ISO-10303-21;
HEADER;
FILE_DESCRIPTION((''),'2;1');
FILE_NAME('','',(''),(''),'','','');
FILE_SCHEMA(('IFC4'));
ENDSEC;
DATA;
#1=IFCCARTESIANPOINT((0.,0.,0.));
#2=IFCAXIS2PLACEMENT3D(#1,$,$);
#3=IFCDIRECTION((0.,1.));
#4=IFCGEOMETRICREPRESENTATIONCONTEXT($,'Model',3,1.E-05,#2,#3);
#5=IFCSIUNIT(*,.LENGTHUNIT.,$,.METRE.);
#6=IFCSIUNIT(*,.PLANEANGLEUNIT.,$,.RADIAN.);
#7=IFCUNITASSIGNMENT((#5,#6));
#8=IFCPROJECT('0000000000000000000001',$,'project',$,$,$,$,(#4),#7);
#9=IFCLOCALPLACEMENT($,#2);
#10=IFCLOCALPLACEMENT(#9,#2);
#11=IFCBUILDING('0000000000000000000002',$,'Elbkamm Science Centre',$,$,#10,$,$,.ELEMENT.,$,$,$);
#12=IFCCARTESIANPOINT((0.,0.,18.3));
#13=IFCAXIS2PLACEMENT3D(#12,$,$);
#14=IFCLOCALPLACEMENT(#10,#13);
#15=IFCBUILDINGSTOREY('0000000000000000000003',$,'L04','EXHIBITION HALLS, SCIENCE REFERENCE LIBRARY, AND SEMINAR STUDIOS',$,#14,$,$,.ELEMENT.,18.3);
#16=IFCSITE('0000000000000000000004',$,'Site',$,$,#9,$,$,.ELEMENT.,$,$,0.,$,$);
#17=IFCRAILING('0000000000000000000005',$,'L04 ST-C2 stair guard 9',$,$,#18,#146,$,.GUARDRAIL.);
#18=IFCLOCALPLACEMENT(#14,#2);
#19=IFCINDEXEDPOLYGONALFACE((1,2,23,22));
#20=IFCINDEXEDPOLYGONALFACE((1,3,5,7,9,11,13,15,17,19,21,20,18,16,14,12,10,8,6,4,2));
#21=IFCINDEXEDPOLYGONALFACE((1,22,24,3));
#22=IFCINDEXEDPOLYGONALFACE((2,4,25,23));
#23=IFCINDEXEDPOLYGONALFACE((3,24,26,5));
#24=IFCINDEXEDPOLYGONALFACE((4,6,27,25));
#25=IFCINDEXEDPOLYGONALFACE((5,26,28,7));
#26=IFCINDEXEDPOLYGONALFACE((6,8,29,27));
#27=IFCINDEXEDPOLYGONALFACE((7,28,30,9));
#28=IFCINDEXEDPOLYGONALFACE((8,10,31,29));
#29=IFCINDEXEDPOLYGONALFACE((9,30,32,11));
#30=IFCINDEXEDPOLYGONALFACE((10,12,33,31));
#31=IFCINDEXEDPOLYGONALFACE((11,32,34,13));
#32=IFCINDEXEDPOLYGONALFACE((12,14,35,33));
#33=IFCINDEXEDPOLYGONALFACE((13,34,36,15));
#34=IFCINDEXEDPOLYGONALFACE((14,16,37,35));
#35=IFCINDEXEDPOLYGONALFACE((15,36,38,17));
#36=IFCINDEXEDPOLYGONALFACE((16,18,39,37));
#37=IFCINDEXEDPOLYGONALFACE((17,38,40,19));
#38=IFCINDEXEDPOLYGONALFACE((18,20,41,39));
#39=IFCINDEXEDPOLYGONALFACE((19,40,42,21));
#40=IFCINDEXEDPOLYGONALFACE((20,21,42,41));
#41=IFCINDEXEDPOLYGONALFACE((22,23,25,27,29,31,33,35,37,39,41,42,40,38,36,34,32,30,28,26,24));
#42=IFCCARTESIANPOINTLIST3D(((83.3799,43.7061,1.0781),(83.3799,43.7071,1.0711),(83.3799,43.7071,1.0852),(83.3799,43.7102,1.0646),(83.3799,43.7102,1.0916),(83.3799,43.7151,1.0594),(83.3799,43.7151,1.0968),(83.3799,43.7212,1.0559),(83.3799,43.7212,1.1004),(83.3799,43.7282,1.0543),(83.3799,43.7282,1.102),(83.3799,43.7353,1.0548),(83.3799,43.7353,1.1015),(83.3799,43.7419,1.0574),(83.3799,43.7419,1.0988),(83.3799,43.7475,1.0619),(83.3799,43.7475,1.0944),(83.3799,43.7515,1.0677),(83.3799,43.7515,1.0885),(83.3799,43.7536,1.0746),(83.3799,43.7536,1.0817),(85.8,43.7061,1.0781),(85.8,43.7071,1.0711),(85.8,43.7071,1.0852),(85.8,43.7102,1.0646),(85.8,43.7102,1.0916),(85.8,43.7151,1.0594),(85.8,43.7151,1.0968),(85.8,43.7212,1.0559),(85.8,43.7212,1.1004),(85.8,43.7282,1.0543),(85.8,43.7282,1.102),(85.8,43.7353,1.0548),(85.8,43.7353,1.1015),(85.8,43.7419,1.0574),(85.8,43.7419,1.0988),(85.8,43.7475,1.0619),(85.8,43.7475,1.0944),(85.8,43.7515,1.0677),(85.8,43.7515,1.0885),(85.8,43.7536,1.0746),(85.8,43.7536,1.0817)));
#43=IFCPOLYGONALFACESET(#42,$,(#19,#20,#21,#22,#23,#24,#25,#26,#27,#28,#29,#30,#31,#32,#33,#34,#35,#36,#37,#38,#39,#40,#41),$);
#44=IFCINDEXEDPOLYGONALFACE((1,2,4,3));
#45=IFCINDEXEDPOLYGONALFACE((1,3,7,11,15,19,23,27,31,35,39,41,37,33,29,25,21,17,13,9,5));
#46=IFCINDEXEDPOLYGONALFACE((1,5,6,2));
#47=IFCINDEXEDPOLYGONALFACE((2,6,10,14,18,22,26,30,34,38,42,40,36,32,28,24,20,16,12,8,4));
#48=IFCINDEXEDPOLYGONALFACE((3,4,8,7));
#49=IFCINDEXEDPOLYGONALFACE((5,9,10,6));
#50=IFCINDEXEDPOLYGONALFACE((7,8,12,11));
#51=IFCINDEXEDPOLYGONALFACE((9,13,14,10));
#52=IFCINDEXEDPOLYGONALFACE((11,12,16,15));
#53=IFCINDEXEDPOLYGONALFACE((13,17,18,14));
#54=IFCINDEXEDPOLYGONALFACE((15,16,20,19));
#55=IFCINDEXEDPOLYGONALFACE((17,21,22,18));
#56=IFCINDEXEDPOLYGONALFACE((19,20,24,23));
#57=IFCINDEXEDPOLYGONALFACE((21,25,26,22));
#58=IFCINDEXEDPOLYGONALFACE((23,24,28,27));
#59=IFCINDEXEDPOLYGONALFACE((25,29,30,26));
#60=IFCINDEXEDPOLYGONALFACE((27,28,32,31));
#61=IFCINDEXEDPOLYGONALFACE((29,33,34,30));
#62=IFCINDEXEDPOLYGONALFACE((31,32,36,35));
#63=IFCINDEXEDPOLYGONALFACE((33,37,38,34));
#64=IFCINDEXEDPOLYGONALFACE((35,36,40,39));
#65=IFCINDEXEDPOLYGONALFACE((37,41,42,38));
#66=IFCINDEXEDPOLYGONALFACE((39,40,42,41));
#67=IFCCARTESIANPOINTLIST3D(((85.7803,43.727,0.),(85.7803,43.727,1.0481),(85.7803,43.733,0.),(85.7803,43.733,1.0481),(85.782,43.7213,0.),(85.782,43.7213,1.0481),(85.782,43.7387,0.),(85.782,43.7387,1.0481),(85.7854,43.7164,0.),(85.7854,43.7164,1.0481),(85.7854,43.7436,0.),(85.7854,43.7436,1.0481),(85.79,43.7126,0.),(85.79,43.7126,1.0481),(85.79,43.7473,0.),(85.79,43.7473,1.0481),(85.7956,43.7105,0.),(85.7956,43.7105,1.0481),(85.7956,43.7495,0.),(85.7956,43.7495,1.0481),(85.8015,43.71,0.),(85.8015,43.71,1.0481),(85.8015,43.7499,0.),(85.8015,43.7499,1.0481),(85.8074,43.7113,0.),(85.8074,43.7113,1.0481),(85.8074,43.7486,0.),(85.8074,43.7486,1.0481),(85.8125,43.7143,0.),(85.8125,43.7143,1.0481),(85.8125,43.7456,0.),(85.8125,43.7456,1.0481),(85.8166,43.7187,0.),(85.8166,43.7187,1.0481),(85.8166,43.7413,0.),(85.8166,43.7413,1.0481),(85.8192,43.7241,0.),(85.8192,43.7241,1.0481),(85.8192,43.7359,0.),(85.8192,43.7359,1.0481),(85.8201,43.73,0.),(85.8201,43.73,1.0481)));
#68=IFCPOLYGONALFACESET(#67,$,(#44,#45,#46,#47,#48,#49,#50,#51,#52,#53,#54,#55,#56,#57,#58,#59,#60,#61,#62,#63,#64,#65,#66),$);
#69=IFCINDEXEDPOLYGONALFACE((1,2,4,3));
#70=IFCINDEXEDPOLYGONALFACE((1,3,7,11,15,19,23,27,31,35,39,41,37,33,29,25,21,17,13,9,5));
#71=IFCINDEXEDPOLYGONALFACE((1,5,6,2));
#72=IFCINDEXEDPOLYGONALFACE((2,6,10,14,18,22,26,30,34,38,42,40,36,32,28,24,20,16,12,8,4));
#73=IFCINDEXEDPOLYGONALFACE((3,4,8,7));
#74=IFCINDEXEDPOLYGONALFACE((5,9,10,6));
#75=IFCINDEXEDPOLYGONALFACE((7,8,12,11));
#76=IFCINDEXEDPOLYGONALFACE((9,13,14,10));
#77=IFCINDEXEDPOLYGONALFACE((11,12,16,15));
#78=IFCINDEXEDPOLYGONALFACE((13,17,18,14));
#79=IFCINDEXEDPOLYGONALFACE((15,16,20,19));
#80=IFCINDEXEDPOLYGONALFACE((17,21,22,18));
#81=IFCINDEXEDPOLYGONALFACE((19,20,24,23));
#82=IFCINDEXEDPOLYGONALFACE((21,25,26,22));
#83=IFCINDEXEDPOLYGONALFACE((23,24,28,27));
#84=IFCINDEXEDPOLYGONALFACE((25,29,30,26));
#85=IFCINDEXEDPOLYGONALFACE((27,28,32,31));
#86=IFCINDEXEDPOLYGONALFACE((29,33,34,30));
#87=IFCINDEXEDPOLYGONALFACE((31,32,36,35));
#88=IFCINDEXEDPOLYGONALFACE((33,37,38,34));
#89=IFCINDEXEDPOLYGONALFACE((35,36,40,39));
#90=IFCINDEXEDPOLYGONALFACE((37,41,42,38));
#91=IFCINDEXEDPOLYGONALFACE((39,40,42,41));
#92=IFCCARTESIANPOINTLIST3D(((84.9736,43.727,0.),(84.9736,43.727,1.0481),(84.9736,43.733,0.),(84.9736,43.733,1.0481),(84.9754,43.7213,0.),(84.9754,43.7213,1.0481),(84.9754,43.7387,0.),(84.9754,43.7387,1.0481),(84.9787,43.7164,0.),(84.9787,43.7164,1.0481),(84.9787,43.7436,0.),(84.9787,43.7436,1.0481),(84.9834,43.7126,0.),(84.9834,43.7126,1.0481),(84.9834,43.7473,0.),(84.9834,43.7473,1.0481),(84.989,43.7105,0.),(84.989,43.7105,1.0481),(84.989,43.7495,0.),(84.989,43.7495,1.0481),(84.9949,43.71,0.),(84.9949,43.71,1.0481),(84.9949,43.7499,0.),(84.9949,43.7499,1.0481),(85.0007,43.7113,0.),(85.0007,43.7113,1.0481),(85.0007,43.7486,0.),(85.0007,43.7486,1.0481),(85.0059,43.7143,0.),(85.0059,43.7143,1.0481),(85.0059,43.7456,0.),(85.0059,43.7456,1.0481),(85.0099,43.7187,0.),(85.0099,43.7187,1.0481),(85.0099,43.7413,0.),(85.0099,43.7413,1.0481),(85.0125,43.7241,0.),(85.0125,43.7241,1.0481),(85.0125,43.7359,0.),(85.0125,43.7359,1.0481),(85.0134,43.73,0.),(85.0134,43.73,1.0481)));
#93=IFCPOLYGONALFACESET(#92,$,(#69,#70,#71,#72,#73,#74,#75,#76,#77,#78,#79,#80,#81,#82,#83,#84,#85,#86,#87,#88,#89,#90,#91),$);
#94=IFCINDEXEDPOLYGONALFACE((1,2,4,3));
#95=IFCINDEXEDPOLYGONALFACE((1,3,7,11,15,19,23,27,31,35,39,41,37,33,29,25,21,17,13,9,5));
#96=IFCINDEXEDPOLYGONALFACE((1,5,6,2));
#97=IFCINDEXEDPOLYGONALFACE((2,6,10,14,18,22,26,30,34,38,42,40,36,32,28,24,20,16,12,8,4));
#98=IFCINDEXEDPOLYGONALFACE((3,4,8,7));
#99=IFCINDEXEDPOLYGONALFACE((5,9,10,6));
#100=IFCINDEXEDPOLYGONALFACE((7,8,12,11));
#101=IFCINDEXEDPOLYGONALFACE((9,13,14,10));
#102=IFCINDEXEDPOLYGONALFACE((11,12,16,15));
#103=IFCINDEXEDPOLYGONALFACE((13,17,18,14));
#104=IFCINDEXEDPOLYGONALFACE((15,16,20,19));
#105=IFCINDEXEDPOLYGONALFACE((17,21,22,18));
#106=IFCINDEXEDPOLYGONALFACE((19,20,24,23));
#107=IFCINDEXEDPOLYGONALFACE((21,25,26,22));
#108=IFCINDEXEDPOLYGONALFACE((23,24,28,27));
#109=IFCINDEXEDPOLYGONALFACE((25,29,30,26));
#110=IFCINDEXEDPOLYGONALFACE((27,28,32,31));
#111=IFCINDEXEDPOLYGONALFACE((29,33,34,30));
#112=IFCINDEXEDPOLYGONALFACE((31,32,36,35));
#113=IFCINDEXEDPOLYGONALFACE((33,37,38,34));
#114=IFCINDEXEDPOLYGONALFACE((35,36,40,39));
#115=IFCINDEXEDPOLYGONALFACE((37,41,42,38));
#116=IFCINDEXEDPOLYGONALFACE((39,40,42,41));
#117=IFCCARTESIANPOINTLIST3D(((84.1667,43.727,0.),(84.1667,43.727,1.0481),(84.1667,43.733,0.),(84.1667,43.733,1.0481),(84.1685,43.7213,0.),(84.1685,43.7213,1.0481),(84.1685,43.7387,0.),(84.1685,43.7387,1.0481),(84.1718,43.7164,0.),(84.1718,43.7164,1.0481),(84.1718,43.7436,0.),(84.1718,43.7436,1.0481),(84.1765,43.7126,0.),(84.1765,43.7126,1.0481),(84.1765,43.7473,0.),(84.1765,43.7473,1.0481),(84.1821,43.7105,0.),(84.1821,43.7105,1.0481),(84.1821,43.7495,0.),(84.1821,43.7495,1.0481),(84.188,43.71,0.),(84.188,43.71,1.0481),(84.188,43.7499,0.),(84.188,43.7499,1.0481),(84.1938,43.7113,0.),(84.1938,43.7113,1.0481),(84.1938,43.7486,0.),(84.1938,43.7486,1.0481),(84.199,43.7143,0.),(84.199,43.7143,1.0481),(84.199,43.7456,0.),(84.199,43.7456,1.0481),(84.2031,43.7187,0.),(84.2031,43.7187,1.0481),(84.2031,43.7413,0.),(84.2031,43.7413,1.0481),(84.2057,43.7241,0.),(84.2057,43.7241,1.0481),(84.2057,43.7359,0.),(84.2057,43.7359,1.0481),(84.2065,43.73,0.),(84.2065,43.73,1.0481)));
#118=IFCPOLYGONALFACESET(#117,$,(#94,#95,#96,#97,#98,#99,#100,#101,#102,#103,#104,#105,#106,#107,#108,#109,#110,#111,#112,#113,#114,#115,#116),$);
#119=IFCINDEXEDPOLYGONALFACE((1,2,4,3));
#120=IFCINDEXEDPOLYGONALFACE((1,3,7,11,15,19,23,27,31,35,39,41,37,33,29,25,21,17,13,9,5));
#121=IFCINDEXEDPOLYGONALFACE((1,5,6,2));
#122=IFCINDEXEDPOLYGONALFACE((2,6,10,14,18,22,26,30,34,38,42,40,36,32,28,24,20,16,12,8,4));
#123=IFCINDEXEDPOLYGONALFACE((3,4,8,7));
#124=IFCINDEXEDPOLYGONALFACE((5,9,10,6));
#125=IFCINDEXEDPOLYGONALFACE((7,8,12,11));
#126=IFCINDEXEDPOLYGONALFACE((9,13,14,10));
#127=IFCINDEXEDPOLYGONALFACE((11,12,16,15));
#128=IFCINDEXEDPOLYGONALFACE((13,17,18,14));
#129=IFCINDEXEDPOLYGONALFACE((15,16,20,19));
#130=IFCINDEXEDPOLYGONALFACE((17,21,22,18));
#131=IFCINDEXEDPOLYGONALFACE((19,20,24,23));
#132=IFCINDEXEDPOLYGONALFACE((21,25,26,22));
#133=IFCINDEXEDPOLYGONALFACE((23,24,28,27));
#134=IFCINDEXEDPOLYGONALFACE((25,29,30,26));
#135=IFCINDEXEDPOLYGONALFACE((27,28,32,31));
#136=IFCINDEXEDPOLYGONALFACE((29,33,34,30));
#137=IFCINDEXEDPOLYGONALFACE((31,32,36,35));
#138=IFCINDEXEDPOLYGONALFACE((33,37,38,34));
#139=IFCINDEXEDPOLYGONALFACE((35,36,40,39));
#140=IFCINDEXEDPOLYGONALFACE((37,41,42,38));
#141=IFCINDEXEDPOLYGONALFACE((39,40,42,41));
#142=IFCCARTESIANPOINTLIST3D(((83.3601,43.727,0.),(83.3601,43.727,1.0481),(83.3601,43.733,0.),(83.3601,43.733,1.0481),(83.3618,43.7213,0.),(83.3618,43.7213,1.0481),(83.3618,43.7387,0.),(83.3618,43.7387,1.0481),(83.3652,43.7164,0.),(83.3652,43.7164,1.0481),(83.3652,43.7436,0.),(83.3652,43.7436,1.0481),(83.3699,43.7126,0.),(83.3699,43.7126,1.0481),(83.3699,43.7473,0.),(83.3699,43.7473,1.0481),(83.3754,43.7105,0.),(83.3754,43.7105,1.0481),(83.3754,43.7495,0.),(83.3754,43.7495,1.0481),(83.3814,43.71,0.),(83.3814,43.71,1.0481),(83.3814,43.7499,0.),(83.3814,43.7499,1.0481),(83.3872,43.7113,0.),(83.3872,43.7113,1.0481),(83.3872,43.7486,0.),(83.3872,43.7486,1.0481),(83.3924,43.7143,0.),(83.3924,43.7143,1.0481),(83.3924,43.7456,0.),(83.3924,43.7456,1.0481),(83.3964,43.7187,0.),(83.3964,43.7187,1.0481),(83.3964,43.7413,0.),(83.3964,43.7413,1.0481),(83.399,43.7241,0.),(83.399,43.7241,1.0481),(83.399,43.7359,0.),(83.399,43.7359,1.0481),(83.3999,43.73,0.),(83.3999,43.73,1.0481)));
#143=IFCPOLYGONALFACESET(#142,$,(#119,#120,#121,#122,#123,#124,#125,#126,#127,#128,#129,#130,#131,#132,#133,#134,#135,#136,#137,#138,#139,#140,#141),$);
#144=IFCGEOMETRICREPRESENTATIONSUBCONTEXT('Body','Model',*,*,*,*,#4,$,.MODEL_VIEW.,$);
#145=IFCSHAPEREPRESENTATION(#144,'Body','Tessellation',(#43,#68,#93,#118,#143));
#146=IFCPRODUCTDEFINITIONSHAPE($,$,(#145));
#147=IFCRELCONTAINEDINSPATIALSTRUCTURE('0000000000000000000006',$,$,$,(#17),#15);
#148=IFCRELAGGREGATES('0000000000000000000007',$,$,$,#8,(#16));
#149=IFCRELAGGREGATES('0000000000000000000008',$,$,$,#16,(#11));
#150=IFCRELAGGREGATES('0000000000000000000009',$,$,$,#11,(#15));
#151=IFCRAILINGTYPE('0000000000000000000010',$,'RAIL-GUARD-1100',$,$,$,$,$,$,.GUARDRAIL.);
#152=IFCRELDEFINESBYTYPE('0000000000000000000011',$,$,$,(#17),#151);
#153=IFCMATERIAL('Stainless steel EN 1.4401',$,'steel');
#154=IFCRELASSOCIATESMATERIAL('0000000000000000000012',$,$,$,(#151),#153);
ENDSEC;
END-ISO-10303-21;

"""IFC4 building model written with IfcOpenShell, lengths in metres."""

from ifc_helpers import new_model, si_unit, direction, frame, origin, origin_2d, place, context, subcontext, project, spatial, circle, extrude, material, type_object, element, save


model = new_model("IFC4")

# Units and contexts
model_context = context("Model", 3, precision=1e-05, world=origin(), true_north=direction((0.0, 1.0)))
body_context = subcontext(model_context, "Body", "Model", "MODEL_VIEW")
ifc_project = project(units=[si_unit("LENGTHUNIT", "METRE"), si_unit("PLANEANGLEUNIT", "RADIAN")], contexts=[model_context])

# Site, building, storey
site_placement = place(None, origin())
site = spatial("IfcSite", under=ifc_project, at=site_placement, Name="Site", CompositionType="ELEMENT", RefElevation=0.0)
building_placement = place(site_placement, origin())
building = spatial("IfcBuilding", under=site, at=building_placement, Name="Elbkamm Science Centre", CompositionType="ELEMENT")
storey_placement = place(building_placement, frame((0.0, 0.0, 18.3)))
storey = spatial("IfcBuildingStorey", under=building, at=storey_placement, Name="L04", Description="EXHIBITION HALLS, SCIENCE REFERENCE LIBRARY, AND SEMINAR STUDIOS", CompositionType="ELEMENT", Elevation=18.3)

# Railing
ifc_material_1 = material(Name="Stainless steel EN 1.4401", Category="steel")
railing_type_1 = type_object("IfcRailingType", Name="RAIL-GUARD-1100", PredefinedType="GUARDRAIL", material=ifc_material_1)
for number, where, name in (
    (1, (85.8, 43.73, 0.0), "L04 ST-C2 stair guard 9"),
):
    element("IfcRailing", number, at=place(storey_placement, frame(where)), inside=storey, type_object=railing_type_1, Name=name, PredefinedType="GUARDRAIL", context=body_context, shape_type="SweptSolid", body=[
        extrude(circle(Radius=0.0239, at=origin_2d()), frame((0.0, 0.0, 1.0781), z_axis=(-1.0, 0.0, 0.0), x_axis=(0.0, -1.0, 0.0)), (0.0, 0.0, 1.0), 2.4202),
        extrude(circle(Radius=0.02, at=origin_2d()), origin(), (0.0, 0.0, 1.0), 1.0481),
        extrude(circle(Radius=0.02, at=origin_2d()), frame((-0.8066, 0.0, 0.0)), (0.0, 0.0, 1.0), 1.0481),
        extrude(circle(Radius=0.02, at=origin_2d()), frame((-1.6135, 0.0, 0.0)), (0.0, 0.0, 1.0), 1.0481),
        extrude(circle(Radius=0.02, at=origin_2d()), frame((-2.4202, 0.0, 0.0)), (0.0, 0.0, 1.0), 1.0481),
    ])

save(model, "model.ifc")
